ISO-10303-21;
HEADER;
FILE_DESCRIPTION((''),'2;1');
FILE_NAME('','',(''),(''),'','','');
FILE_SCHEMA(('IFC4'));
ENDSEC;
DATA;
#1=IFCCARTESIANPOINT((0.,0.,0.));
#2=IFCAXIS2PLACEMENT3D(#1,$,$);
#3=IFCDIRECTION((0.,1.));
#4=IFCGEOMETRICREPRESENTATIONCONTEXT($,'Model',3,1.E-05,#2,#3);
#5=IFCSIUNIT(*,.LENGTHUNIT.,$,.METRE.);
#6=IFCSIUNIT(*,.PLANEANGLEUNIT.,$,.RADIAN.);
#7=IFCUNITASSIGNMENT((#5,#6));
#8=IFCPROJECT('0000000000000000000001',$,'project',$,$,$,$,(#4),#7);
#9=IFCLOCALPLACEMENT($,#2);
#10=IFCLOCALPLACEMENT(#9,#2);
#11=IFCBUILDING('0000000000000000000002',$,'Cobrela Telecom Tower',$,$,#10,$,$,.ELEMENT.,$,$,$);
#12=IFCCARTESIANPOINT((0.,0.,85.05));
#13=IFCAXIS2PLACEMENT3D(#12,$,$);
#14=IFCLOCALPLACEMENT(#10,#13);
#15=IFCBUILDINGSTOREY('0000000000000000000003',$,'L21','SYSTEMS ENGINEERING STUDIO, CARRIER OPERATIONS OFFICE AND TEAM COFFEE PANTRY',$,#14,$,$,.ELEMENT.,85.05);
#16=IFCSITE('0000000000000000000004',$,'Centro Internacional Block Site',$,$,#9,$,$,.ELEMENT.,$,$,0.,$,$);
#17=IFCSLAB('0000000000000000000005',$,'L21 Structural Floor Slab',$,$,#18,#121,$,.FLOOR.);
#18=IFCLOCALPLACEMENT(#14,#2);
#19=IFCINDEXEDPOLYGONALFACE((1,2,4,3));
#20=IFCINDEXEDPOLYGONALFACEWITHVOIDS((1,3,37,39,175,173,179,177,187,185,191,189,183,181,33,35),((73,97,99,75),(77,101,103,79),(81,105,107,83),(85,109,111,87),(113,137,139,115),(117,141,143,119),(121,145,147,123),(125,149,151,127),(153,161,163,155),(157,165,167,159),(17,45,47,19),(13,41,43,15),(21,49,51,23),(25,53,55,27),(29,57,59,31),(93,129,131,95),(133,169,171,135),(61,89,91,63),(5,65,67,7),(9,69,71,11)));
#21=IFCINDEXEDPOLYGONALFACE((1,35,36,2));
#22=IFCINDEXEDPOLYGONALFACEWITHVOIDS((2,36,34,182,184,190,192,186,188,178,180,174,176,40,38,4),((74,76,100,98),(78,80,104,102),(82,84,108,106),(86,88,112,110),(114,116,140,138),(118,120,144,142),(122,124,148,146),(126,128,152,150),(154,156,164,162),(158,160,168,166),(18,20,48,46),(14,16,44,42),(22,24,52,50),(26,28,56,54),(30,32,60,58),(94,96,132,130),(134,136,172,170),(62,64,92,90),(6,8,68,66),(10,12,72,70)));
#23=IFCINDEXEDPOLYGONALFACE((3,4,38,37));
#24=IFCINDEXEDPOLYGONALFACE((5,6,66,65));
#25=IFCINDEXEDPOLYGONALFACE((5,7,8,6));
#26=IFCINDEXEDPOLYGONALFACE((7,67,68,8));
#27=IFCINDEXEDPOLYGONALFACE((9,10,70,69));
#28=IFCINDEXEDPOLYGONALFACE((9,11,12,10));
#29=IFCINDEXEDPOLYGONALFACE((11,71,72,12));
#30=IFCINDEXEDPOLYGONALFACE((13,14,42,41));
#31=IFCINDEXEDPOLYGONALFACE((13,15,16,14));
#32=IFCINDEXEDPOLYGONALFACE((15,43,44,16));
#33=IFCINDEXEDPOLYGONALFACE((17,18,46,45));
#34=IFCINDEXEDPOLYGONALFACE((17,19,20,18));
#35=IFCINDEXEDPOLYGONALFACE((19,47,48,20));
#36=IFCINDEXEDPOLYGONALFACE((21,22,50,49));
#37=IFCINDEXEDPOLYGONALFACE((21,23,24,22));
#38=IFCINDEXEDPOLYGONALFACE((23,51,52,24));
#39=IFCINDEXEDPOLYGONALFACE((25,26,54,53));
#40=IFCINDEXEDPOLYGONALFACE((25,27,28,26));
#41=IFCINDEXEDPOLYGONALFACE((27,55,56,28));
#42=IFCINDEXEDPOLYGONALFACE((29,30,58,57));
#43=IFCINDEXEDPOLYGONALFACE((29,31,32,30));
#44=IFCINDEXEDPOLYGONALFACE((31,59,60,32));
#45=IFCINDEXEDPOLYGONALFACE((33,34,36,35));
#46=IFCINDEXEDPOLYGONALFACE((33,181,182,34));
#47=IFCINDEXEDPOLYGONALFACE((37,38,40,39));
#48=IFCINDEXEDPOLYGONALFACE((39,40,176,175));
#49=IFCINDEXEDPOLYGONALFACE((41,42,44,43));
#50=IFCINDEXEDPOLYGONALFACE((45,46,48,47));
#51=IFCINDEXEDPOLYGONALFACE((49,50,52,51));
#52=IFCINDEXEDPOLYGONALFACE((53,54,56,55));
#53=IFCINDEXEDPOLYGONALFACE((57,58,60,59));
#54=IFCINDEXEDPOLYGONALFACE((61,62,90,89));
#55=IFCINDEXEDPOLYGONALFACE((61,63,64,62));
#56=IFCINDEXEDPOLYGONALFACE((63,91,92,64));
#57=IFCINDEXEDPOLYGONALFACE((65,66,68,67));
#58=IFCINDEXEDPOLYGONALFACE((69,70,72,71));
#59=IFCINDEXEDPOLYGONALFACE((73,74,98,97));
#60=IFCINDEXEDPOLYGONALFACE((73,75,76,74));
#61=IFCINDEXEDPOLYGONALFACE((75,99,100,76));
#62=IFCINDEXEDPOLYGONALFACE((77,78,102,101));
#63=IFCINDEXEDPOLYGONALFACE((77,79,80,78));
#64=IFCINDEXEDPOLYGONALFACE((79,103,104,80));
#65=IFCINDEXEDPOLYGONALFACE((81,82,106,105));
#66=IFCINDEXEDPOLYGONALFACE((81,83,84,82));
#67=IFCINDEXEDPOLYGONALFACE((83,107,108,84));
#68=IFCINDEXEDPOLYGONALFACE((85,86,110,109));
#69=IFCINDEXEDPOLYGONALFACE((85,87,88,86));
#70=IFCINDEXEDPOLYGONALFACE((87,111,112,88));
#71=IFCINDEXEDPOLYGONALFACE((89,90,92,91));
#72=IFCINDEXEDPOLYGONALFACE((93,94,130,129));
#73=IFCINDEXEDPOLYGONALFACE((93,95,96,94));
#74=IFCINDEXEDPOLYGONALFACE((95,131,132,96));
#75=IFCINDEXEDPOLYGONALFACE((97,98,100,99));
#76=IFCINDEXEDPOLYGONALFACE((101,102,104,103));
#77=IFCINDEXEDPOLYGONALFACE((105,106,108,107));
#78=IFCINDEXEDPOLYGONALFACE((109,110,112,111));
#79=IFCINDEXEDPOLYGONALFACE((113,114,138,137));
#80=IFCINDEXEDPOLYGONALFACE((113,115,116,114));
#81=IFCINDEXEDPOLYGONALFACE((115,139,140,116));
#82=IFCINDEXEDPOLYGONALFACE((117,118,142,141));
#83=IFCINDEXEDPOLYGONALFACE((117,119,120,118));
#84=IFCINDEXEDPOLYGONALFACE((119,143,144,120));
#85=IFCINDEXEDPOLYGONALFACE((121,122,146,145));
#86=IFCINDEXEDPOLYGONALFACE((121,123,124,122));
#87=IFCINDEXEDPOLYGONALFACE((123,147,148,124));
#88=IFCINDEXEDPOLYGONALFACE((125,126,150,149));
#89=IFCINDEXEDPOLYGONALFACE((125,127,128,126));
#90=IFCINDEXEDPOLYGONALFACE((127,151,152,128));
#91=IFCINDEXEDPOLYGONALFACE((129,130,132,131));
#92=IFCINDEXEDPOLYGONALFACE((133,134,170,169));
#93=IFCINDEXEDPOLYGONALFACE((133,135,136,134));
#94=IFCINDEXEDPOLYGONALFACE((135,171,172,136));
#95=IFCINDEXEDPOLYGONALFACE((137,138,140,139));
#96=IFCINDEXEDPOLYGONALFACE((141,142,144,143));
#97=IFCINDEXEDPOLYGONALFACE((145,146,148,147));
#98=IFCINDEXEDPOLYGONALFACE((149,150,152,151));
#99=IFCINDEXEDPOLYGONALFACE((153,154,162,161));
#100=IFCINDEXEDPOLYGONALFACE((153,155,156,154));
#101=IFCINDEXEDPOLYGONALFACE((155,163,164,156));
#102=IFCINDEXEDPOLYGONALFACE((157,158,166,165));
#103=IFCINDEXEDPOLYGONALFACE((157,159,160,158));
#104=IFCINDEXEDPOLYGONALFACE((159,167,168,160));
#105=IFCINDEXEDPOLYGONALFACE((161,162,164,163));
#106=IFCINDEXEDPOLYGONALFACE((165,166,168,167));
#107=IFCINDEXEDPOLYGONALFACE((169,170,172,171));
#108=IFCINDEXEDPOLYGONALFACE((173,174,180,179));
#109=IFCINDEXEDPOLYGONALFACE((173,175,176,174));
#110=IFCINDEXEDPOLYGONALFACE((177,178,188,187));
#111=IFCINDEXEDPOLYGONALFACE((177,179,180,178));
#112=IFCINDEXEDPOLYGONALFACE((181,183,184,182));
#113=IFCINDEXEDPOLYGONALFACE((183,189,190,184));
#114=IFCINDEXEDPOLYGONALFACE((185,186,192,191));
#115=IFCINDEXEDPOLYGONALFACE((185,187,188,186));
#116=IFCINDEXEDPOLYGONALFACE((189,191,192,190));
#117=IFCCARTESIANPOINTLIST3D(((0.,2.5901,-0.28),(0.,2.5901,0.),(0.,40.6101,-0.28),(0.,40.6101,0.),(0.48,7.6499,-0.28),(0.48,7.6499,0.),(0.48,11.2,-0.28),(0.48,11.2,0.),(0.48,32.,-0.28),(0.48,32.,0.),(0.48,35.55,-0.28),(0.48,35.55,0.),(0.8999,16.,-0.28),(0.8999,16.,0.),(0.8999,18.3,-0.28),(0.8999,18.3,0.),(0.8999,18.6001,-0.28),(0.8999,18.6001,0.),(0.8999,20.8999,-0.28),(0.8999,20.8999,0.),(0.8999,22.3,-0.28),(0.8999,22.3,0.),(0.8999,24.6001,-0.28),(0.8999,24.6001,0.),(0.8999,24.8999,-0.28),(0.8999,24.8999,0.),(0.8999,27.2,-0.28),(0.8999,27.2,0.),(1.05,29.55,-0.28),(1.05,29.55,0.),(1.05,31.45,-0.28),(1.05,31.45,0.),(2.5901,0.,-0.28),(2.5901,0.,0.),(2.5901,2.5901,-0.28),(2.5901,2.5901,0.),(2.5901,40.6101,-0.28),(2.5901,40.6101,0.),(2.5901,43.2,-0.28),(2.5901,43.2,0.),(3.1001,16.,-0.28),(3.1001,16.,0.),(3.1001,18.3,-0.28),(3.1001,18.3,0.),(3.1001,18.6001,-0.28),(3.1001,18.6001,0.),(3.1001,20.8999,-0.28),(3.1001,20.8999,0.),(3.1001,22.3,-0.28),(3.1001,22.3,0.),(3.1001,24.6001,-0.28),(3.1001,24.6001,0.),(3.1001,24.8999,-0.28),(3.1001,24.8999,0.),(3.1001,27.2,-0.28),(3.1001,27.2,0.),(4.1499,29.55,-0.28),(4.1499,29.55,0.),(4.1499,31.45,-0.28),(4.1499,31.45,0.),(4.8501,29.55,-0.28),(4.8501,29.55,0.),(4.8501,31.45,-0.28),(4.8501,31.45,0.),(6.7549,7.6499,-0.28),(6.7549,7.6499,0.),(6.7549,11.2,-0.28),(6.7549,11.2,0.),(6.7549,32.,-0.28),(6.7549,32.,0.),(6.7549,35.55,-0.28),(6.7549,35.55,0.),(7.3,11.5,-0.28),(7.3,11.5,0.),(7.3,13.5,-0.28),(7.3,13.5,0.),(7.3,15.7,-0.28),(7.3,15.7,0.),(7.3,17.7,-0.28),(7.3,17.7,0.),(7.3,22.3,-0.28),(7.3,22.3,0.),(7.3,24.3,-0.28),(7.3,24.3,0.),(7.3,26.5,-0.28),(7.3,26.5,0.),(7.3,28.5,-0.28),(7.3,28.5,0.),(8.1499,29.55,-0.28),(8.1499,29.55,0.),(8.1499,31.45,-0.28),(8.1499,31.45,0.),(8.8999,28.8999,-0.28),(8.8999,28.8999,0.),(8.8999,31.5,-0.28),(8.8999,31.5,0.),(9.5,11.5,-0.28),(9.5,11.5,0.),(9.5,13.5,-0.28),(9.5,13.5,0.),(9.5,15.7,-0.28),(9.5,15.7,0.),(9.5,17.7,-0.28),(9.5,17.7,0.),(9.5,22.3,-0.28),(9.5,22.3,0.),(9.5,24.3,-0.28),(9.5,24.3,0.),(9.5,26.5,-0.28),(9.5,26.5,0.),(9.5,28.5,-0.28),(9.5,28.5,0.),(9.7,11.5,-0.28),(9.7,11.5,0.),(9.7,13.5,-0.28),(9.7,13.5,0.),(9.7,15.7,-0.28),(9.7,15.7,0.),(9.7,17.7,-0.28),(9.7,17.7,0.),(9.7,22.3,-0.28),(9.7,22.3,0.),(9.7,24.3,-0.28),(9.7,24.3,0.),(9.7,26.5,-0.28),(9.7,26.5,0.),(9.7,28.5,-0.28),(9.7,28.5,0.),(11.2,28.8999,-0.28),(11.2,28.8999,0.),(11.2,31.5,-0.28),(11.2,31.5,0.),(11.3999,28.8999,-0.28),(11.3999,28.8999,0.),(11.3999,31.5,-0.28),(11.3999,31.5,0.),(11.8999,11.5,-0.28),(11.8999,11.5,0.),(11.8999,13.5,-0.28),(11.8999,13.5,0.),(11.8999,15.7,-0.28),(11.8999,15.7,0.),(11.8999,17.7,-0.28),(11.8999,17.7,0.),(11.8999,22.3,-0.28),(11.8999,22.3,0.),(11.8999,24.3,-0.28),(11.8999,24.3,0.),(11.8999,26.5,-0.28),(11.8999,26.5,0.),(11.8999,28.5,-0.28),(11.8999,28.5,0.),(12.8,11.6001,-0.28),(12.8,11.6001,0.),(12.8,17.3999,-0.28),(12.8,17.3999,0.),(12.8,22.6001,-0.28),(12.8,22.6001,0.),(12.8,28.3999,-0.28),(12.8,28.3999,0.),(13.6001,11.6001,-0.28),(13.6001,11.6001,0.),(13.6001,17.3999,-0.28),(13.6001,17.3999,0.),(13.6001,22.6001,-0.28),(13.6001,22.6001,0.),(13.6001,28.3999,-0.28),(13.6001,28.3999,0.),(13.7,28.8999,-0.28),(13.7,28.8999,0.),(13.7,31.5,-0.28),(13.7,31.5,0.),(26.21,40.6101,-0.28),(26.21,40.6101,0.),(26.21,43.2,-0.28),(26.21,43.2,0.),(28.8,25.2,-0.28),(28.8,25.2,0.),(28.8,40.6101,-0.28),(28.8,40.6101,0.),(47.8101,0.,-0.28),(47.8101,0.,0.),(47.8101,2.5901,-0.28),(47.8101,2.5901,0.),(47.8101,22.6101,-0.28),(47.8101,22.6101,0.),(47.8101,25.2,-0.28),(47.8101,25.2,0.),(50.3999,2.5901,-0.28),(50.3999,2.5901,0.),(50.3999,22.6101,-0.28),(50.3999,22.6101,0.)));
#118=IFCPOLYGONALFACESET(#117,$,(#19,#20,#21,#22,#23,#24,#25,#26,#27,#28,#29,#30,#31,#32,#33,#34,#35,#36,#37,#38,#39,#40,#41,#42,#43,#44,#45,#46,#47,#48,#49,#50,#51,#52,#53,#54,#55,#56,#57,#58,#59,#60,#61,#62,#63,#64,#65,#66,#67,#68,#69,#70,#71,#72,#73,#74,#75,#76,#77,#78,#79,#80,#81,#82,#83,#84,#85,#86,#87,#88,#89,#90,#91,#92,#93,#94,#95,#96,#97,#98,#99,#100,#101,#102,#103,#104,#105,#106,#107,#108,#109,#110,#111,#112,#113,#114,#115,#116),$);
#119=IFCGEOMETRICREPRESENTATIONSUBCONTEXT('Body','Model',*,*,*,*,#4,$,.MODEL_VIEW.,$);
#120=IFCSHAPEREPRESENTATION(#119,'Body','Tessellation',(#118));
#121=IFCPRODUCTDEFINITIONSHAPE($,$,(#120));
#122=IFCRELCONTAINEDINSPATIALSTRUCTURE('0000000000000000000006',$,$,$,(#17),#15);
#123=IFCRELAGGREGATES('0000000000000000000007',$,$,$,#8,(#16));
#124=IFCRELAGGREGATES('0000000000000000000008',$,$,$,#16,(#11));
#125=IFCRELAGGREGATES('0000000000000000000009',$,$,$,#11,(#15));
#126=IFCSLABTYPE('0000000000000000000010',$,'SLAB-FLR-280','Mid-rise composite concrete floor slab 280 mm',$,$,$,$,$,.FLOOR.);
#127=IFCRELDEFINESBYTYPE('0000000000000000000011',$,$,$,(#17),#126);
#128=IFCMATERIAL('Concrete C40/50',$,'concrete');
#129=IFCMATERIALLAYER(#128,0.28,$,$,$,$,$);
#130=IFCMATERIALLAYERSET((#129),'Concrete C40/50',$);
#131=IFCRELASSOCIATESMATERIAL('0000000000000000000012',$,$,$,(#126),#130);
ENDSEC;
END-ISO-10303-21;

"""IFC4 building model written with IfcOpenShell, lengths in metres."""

from ifc_helpers import new_model, si_unit, direction, frame, origin, place, context, subcontext, project, spatial, polyline, outline, extrude, material, layer, layer_set, type_object, element, save


model = new_model("IFC4")

# Units and contexts
model_context = context("Model", 3, precision=1e-05, world=origin(), true_north=direction((0.0, 1.0)))
body_context = subcontext(model_context, "Body", "Model", "MODEL_VIEW")
ifc_project = project(units=[si_unit("LENGTHUNIT", "METRE"), si_unit("PLANEANGLEUNIT", "RADIAN")], contexts=[model_context])

# Site, building, storey
site_placement = place(None, origin())
site = spatial("IfcSite", under=ifc_project, at=site_placement, Name="Centro Internacional Block Site", CompositionType="ELEMENT", RefElevation=0.0)
building_placement = place(site_placement, origin())
building = spatial("IfcBuilding", under=site, at=building_placement, Name="Cobrela Telecom Tower", CompositionType="ELEMENT")
storey_placement = place(building_placement, frame((0.0, 0.0, 85.05)))
storey = spatial("IfcBuildingStorey", under=building, at=storey_placement, Name="L21", Description="SYSTEMS ENGINEERING STUDIO, CARRIER OPERATIONS OFFICE AND TEAM COFFEE PANTRY", CompositionType="ELEMENT", Elevation=85.05)

# Slab, openings
ifc_material_1 = material(Name="Concrete C40/50", Category="concrete")
ifc_layer_1 = layer(ifc_material_1, 0.28)
ifc_layer_set_1 = layer_set([ifc_layer_1], Name="Concrete C40/50")
slab_type_1 = type_object("IfcSlabType", Name="SLAB-FLR-280", Description="Mid-rise composite concrete floor slab 280 mm", PredefinedType="FLOOR", material=ifc_layer_set_1)
slab_1_placement = place(storey_placement, frame((0.0, 0.0, -0.28)))
slab_1 = element("IfcSlab", 1, at=slab_1_placement, inside=storey, type_object=slab_type_1, Name="L21 Structural Floor Slab", PredefinedType="FLOOR", context=body_context, shape_type="SweptSolid", body=[
    extrude(outline(polyline([(2.5901, 0.0), (47.8101, 0.0), (47.8101, 2.5901), (50.3999, 2.5901), (50.3999, 22.6101), (47.8101, 22.6101), (47.8101, 25.2), (28.8, 25.2), (28.8, 40.6101), (26.21, 40.6101), (26.21, 43.2), (2.5901, 43.2), (2.5901, 40.6101), (0.0, 40.6101), (0.0, 2.5901), (2.5901, 2.5901), (2.5901, 0.0)])), origin(), (0.0, 0.0, 1.0), 0.28),
])
opening_1_placement = place(slab_1_placement, frame((0.0, 0.0, -0.02)))
element("IfcOpeningElement", 2, at=opening_1_placement, cuts=slab_1, PredefinedType="OPENING", context=body_context, shape_type="SweptSolid", body=[
    extrude(outline(polyline([(8.8999, 28.8999), (11.2, 28.8999), (11.2, 31.5), (8.8999, 31.5), (8.8999, 28.8999)])), origin(), (0.0, 0.0, 1.0), 0.3201),
])
opening_2_placement = place(slab_1_placement, frame((0.0, 0.0, -0.02)))
element("IfcOpeningElement", 3, at=opening_2_placement, cuts=slab_1, PredefinedType="OPENING", context=body_context, shape_type="SweptSolid", body=[
    extrude(outline(polyline([(11.3999, 28.8999), (13.7, 28.8999), (13.7, 31.5), (11.3999, 31.5), (11.3999, 28.8999)])), origin(), (0.0, 0.0, 1.0), 0.3201),
])
opening_3_placement = place(slab_1_placement, frame((0.0, 0.0, -0.02)))
element("IfcOpeningElement", 4, at=opening_3_placement, cuts=slab_1, PredefinedType="OPENING", context=body_context, shape_type="SweptSolid", body=[
    extrude(outline(polyline([(7.3, 22.3), (9.5, 22.3), (9.5, 24.3), (7.3, 24.3), (7.3, 22.3)])), origin(), (0.0, 0.0, 1.0), 0.3201),
])
opening_4_placement = place(slab_1_placement, frame((0.0, 0.0, -0.02)))
element("IfcOpeningElement", 5, at=opening_4_placement, cuts=slab_1, PredefinedType="OPENING", context=body_context, shape_type="SweptSolid", body=[
    extrude(outline(polyline([(9.7, 22.3), (11.8999, 22.3), (11.8999, 24.3), (9.7, 24.3), (9.7, 22.3)])), origin(), (0.0, 0.0, 1.0), 0.3201),
])
opening_5_placement = place(slab_1_placement, frame((0.0, 0.0, -0.02)))
element("IfcOpeningElement", 6, at=opening_5_placement, cuts=slab_1, PredefinedType="OPENING", context=body_context, shape_type="SweptSolid", body=[
    extrude(outline(polyline([(7.3, 26.5), (9.5, 26.5), (9.5, 28.5), (7.3, 28.5), (7.3, 26.5)])), origin(), (0.0, 0.0, 1.0), 0.3201),
])
opening_6_placement = place(slab_1_placement, frame((0.0, 0.0, -0.02)))
element("IfcOpeningElement", 7, at=opening_6_placement, cuts=slab_1, PredefinedType="OPENING", context=body_context, shape_type="SweptSolid", body=[
    extrude(outline(polyline([(9.7, 26.5), (11.8999, 26.5), (11.8999, 28.5), (9.7, 28.5), (9.7, 26.5)])), origin(), (0.0, 0.0, 1.0), 0.3201),
])
opening_7_placement = place(slab_1_placement, frame((0.0, 0.0, -0.02)))
element("IfcOpeningElement", 8, at=opening_7_placement, cuts=slab_1, PredefinedType="OPENING", context=body_context, shape_type="SweptSolid", body=[
    extrude(outline(polyline([(7.3, 15.7), (9.5, 15.7), (9.5, 17.7), (7.3, 17.7), (7.3, 15.7)])), origin(), (0.0, 0.0, 1.0), 0.3201),
])
opening_8_placement = place(slab_1_placement, frame((0.0, 0.0, -0.02)))
element("IfcOpeningElement", 9, at=opening_8_placement, cuts=slab_1, PredefinedType="OPENING", context=body_context, shape_type="SweptSolid", body=[
    extrude(outline(polyline([(9.7, 15.7), (11.8999, 15.7), (11.8999, 17.7), (9.7, 17.7), (9.7, 15.7)])), origin(), (0.0, 0.0, 1.0), 0.3201),
])
opening_9_placement = place(slab_1_placement, frame((0.0, 0.0, -0.02)))
element("IfcOpeningElement", 10, at=opening_9_placement, cuts=slab_1, PredefinedType="OPENING", context=body_context, shape_type="SweptSolid", body=[
    extrude(outline(polyline([(7.3, 11.5), (9.5, 11.5), (9.5, 13.5), (7.3, 13.5), (7.3, 11.5)])), origin(), (0.0, 0.0, 1.0), 0.3201),
])
opening_10_placement = place(slab_1_placement, frame((0.0, 0.0, -0.02)))
element("IfcOpeningElement", 11, at=opening_10_placement, cuts=slab_1, PredefinedType="OPENING", context=body_context, shape_type="SweptSolid", body=[
    extrude(outline(polyline([(9.7, 11.5), (11.8999, 11.5), (11.8999, 13.5), (9.7, 13.5), (9.7, 11.5)])), origin(), (0.0, 0.0, 1.0), 0.3201),
])
opening_11_placement = place(slab_1_placement, frame((0.0, 0.0, -0.02)))
element("IfcOpeningElement", 12, at=opening_11_placement, cuts=slab_1, PredefinedType="OPENING", context=body_context, shape_type="SweptSolid", body=[
    extrude(outline(polyline([(0.8999, 16.0), (3.1001, 16.0), (3.1001, 18.3), (0.8999, 18.3), (0.8999, 16.0)])), origin(), (0.0, 0.0, 1.0), 0.3201),
])
opening_12_placement = place(slab_1_placement, frame((0.0, 0.0, -0.02)))
element("IfcOpeningElement", 13, at=opening_12_placement, cuts=slab_1, PredefinedType="OPENING", context=body_context, shape_type="SweptSolid", body=[
    extrude(outline(polyline([(0.8999, 18.6001), (3.1001, 18.6001), (3.1001, 20.8999), (0.8999, 20.8999), (0.8999, 18.6001)])), origin(), (0.0, 0.0, 1.0), 0.3201),
])
opening_13_placement = place(slab_1_placement, frame((0.0, 0.0, -0.02)))
element("IfcOpeningElement", 14, at=opening_13_placement, cuts=slab_1, PredefinedType="OPENING", context=body_context, shape_type="SweptSolid", body=[
    extrude(outline(polyline([(0.8999, 22.3), (3.1001, 22.3), (3.1001, 24.6001), (0.8999, 24.6001), (0.8999, 22.3)])), origin(), (0.0, 0.0, 1.0), 0.3201),
])
opening_14_placement = place(slab_1_placement, frame((0.0, 0.0, -0.02)))
element("IfcOpeningElement", 15, at=opening_14_placement, cuts=slab_1, PredefinedType="OPENING", context=body_context, shape_type="SweptSolid", body=[
    extrude(outline(polyline([(0.8999, 24.8999), (3.1001, 24.8999), (3.1001, 27.2), (0.8999, 27.2), (0.8999, 24.8999)])), origin(), (0.0, 0.0, 1.0), 0.3201),
])
opening_15_placement = place(slab_1_placement, frame((0.0, 0.0, -0.02)))
element("IfcOpeningElement", 16, at=opening_15_placement, cuts=slab_1, PredefinedType="OPENING", context=body_context, shape_type="SweptSolid", body=[
    extrude(outline(polyline([(1.05, 29.55), (4.1499, 29.55), (4.1499, 31.45), (1.05, 31.45), (1.05, 29.55)])), origin(), (0.0, 0.0, 1.0), 0.3201),
])
opening_16_placement = place(slab_1_placement, frame((0.0, 0.0, -0.02)))
element("IfcOpeningElement", 17, at=opening_16_placement, cuts=slab_1, PredefinedType="OPENING", context=body_context, shape_type="SweptSolid", body=[
    extrude(outline(polyline([(4.8501, 29.55), (8.1499, 29.55), (8.1499, 31.45), (4.8501, 31.45), (4.8501, 29.55)])), origin(), (0.0, 0.0, 1.0), 0.3201),
])
opening_17_placement = place(slab_1_placement, frame((0.0, 0.0, -0.02)))
element("IfcOpeningElement", 18, at=opening_17_placement, cuts=slab_1, PredefinedType="OPENING", context=body_context, shape_type="SweptSolid", body=[
    extrude(outline(polyline([(12.8, 22.6001), (13.6001, 22.6001), (13.6001, 28.3999), (12.8, 28.3999), (12.8, 22.6001)])), origin(), (0.0, 0.0, 1.0), 0.3201),
])
opening_18_placement = place(slab_1_placement, frame((0.0, 0.0, -0.02)))
element("IfcOpeningElement", 19, at=opening_18_placement, cuts=slab_1, PredefinedType="OPENING", context=body_context, shape_type="SweptSolid", body=[
    extrude(outline(polyline([(12.8, 11.6001), (13.6001, 11.6001), (13.6001, 17.3999), (12.8, 17.3999), (12.8, 11.6001)])), origin(), (0.0, 0.0, 1.0), 0.3201),
])
opening_19_placement = place(slab_1_placement, frame((0.0, 0.0, -0.02)))
element("IfcOpeningElement", 20, at=opening_19_placement, cuts=slab_1, PredefinedType="OPENING", context=body_context, shape_type="SweptSolid", body=[
    extrude(outline(polyline([(6.7549, 35.55), (0.48, 35.55), (0.48, 32.0), (6.7549, 32.0), (6.7549, 35.55)])), origin(), (0.0, 0.0, 1.0), 0.3201),
])
opening_20_placement = place(slab_1_placement, frame((0.0, 0.0, -0.02)))
element("IfcOpeningElement", 21, at=opening_20_placement, cuts=slab_1, PredefinedType="OPENING", context=body_context, shape_type="SweptSolid", body=[
    extrude(outline(polyline([(6.7549, 11.2), (0.48, 11.2), (0.48, 7.6499), (6.7549, 7.6499), (6.7549, 11.2)])), origin(), (0.0, 0.0, 1.0), 0.3201),
])

save(model, "model.ifc")
